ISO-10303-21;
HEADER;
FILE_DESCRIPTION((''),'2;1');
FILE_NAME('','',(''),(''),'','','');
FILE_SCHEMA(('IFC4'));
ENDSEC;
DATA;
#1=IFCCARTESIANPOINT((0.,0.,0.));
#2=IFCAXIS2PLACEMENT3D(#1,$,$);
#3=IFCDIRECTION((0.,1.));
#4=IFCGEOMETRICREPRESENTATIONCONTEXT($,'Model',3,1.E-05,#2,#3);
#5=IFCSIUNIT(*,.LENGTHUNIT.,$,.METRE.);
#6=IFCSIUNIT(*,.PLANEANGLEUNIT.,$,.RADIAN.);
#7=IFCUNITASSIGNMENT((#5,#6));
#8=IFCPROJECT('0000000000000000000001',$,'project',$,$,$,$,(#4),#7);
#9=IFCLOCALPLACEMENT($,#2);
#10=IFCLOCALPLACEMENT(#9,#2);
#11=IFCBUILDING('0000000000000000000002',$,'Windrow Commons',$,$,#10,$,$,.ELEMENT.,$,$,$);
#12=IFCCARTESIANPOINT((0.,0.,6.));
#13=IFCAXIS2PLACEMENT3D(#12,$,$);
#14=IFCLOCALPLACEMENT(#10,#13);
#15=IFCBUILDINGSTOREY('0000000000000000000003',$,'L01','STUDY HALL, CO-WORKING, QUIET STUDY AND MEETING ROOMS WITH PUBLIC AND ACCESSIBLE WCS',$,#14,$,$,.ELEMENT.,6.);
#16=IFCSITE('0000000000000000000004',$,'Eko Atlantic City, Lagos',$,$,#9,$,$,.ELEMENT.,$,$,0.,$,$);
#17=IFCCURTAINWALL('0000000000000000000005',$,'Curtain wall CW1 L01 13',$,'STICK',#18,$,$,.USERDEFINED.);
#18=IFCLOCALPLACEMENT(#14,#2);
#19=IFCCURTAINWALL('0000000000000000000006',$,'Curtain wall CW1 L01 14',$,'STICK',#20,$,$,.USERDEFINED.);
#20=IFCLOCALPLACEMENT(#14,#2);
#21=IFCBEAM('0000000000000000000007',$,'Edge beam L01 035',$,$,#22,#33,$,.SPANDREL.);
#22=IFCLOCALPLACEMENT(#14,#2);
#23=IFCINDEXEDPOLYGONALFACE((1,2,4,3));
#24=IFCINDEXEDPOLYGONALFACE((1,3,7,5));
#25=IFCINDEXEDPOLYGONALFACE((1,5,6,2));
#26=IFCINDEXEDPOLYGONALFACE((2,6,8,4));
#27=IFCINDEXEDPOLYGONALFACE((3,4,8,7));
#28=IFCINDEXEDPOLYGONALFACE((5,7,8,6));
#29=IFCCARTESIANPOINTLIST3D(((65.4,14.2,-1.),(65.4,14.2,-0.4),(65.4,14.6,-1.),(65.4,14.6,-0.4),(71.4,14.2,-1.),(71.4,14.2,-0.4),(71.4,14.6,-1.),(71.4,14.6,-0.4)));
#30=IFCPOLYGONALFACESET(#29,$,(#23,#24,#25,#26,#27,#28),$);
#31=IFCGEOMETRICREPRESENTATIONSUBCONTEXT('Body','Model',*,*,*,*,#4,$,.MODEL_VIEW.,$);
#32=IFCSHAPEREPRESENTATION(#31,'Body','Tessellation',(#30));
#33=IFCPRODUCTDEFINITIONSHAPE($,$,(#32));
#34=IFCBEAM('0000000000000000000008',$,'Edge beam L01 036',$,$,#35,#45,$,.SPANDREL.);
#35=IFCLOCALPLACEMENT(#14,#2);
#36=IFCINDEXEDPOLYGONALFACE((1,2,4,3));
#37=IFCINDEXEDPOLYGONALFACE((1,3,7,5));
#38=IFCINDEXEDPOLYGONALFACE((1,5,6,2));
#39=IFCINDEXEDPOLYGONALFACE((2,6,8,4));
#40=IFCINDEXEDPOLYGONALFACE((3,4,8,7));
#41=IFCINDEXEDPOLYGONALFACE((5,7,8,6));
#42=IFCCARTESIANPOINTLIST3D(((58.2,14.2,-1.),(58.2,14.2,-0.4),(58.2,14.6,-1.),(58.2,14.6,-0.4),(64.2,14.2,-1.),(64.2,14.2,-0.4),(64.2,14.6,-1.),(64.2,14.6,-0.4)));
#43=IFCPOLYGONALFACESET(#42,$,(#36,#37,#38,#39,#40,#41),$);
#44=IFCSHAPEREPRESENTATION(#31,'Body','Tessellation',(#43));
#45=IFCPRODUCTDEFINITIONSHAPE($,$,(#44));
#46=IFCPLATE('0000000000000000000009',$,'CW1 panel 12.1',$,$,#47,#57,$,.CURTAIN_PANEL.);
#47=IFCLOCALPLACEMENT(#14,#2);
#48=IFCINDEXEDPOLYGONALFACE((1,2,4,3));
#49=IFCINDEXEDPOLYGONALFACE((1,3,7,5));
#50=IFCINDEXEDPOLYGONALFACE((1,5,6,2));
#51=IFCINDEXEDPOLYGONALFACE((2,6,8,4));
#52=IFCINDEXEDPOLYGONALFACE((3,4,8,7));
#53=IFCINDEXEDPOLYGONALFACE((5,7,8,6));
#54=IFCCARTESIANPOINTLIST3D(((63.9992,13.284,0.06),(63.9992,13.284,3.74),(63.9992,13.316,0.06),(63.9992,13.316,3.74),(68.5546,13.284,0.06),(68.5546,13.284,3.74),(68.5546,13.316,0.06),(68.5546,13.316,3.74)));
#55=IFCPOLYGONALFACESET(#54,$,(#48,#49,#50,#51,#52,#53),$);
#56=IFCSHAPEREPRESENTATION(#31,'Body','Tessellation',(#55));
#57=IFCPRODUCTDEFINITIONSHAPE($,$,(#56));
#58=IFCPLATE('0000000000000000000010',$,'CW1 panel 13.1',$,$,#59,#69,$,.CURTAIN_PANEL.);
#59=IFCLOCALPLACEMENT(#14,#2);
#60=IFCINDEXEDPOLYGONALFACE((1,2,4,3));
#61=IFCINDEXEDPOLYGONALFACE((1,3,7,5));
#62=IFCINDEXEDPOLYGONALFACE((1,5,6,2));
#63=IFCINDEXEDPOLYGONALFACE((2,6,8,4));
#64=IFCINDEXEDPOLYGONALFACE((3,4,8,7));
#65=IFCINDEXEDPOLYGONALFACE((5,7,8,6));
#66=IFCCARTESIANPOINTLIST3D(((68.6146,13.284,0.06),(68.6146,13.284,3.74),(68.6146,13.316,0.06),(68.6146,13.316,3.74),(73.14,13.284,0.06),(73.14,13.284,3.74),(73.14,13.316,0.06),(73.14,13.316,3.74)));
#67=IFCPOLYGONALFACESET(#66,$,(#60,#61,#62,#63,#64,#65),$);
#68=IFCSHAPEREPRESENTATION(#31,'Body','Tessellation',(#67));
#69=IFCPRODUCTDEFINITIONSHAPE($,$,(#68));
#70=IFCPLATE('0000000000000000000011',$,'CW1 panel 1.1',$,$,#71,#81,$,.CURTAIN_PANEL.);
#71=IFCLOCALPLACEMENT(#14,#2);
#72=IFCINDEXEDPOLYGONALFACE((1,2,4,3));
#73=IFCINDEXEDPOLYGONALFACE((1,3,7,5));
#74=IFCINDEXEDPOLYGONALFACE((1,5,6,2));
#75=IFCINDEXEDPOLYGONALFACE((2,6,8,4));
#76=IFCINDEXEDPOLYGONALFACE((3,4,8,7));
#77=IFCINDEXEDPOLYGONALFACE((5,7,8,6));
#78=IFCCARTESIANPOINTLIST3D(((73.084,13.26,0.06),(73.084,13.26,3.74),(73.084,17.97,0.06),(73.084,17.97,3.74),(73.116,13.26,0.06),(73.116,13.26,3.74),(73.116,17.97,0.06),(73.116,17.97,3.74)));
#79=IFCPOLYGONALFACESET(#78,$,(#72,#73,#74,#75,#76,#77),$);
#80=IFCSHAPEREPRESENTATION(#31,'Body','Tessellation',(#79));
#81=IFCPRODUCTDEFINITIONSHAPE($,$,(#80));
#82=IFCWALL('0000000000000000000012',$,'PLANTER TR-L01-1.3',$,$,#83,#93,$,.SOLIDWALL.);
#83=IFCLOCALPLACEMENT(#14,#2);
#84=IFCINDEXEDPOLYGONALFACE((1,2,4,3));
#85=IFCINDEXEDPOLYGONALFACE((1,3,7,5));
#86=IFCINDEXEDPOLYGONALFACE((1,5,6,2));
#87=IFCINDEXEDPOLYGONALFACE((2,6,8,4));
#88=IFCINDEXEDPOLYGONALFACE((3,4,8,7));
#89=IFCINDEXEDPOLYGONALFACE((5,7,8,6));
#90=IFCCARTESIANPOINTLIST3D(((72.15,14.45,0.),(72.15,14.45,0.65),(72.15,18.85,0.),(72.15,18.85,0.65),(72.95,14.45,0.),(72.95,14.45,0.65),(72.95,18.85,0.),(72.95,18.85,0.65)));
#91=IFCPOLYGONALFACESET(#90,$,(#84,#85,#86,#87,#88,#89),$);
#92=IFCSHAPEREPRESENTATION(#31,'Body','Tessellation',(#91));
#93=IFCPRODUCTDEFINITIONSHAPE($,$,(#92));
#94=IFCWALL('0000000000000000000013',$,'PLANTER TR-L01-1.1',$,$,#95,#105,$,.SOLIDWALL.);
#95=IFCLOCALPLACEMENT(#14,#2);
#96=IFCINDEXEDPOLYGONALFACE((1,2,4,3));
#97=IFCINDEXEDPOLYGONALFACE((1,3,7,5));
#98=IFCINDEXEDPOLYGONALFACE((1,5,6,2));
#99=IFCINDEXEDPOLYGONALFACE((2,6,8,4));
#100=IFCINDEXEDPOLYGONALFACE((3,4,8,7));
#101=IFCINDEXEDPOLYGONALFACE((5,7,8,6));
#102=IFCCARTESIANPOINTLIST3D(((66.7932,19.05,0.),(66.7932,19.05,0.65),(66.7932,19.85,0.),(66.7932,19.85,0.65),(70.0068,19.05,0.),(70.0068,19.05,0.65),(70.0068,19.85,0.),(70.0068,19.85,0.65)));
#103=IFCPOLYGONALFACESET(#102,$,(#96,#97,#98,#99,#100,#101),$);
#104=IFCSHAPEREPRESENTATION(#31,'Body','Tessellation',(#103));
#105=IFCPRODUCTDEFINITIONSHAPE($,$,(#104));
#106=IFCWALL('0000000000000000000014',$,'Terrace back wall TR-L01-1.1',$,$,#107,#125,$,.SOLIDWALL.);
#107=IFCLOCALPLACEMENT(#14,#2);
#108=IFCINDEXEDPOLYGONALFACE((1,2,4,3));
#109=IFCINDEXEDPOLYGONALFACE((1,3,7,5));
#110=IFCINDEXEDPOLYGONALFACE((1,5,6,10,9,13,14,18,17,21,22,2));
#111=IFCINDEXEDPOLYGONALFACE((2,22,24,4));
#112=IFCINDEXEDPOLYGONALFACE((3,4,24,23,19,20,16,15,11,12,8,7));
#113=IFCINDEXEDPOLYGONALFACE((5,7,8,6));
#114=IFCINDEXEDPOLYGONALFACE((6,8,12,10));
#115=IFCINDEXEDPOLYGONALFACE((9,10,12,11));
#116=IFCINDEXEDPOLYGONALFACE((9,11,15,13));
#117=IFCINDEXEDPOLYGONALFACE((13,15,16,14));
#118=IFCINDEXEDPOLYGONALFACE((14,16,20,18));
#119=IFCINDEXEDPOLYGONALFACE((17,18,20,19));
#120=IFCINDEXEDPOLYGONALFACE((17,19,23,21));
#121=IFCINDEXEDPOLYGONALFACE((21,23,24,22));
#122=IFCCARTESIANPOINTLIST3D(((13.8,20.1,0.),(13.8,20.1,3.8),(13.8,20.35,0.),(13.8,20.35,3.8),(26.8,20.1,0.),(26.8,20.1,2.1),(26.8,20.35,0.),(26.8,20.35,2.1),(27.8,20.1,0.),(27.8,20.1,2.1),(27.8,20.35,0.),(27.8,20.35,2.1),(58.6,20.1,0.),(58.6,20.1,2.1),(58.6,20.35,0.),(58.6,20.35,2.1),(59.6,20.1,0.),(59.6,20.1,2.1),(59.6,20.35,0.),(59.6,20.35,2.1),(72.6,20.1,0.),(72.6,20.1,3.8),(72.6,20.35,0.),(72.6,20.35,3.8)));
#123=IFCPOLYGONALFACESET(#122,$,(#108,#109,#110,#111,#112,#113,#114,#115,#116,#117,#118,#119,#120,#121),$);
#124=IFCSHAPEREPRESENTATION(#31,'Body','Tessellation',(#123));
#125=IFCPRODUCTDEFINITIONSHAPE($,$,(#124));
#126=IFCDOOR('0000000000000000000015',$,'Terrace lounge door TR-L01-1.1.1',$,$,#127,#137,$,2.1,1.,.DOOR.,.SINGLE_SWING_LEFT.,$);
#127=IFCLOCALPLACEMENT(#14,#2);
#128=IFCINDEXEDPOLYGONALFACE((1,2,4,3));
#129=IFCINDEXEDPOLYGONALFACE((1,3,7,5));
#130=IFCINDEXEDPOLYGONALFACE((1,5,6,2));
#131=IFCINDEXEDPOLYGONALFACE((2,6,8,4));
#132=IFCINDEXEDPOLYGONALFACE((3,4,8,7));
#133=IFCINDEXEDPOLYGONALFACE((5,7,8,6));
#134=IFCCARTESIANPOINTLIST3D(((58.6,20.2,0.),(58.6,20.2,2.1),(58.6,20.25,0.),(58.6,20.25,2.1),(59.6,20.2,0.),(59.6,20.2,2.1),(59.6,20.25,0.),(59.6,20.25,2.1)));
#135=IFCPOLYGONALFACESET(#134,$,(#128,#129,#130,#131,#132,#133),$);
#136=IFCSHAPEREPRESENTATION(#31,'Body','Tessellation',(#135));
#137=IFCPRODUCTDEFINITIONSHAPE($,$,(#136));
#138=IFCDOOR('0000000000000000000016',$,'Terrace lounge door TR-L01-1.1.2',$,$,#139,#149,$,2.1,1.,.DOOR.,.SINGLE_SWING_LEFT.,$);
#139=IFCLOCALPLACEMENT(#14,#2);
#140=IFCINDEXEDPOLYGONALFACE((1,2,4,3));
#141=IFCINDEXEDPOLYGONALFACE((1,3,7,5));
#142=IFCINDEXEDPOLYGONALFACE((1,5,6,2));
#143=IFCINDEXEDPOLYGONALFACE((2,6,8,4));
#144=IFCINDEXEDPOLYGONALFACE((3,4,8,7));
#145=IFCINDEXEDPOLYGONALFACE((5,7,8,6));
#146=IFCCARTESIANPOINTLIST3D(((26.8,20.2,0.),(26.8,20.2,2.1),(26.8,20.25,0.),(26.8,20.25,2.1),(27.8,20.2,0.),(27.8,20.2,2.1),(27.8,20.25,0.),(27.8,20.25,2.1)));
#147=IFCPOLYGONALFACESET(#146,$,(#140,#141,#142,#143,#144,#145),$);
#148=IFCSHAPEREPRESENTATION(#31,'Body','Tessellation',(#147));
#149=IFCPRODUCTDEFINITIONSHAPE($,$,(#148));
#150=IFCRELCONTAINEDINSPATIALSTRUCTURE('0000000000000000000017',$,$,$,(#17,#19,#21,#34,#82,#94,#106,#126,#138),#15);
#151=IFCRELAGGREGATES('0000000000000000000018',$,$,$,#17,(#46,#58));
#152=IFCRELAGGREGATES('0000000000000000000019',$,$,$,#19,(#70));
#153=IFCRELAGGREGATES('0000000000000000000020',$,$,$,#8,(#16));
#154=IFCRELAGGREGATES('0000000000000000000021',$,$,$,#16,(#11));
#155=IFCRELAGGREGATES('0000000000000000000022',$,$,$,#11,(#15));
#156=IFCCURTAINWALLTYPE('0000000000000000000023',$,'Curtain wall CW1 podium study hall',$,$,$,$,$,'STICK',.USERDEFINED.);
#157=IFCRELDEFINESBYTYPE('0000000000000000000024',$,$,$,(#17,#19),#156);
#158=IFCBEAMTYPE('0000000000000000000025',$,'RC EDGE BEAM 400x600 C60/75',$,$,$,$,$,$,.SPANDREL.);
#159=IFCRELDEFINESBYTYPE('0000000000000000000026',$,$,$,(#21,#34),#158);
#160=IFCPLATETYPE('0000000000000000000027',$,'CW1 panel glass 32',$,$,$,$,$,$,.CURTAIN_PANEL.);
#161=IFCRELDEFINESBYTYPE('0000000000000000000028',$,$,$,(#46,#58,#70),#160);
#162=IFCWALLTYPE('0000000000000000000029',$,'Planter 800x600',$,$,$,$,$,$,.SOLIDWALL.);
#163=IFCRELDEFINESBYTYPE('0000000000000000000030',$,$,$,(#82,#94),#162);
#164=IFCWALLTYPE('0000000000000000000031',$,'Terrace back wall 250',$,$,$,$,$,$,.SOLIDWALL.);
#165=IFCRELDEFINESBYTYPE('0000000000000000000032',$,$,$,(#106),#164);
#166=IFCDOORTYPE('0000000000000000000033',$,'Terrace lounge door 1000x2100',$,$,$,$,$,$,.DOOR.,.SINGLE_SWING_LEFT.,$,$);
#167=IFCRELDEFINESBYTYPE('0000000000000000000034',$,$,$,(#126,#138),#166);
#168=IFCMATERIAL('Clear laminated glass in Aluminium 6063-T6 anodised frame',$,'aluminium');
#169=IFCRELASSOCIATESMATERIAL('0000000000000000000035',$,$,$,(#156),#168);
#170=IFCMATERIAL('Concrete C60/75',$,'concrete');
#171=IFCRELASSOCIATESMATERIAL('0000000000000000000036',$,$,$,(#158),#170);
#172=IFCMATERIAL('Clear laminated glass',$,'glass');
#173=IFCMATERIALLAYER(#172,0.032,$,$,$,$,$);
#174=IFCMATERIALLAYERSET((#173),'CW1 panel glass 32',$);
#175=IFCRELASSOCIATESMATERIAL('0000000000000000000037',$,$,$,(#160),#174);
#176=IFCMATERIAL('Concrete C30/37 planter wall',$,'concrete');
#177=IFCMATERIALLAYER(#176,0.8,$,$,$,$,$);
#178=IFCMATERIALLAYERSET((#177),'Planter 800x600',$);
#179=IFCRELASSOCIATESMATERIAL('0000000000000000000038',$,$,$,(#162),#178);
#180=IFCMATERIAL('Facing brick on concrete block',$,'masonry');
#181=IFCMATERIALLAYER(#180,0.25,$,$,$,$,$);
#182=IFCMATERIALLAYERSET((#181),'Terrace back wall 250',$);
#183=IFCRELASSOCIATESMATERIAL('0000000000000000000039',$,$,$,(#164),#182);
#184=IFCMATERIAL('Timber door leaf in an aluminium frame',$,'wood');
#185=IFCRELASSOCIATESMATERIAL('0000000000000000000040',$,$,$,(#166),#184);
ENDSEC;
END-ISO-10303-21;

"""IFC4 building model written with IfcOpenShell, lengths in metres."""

from ifc_helpers import new_model, si_unit, direction, frame, frame_2d, origin, origin_2d, place, context, subcontext, project, spatial, polyline, rectangle, outline, extrude, material, layer, layer_set, material_profile, profile_set, type_object, element, fill, aggregate, save


model = new_model("IFC4")

# Units and contexts
model_context = context("Model", 3, precision=1e-05, world=origin(), true_north=direction((0.0, 1.0)))
body_context = subcontext(model_context, "Body", "Model", "MODEL_VIEW")
ifc_project = project(units=[si_unit("LENGTHUNIT", "METRE"), si_unit("PLANEANGLEUNIT", "RADIAN")], contexts=[model_context])

# Site, building, storey
site_placement = place(None, origin())
site = spatial("IfcSite", under=ifc_project, at=site_placement, Name="Eko Atlantic City, Lagos", CompositionType="ELEMENT", RefElevation=0.0)
building_placement = place(site_placement, origin())
building = spatial("IfcBuilding", under=site, at=building_placement, Name="Windrow Commons", CompositionType="ELEMENT")
storey_placement = place(building_placement, frame((0.0, 0.0, 6.0)))
storey = spatial("IfcBuildingStorey", under=building, at=storey_placement, Name="L01", Description="STUDY HALL, CO-WORKING, QUIET STUDY AND MEETING ROOMS WITH PUBLIC AND ACCESSIBLE WCS", CompositionType="ELEMENT", Elevation=6.0)

# Curtain wall
ifc_material_1 = material(Name="Clear laminated glass in Aluminium 6063-T6 anodised frame", Category="aluminium")
curtain_wall_type = type_object("IfcCurtainWallType", Name="Curtain wall CW1 podium study hall", ElementType="STICK", PredefinedType="USERDEFINED", material=ifc_material_1)
placement = place(storey_placement, origin())
curtain_wall_1 = element("IfcCurtainWall", 1, at=placement, inside=storey, type_object=curtain_wall_type, Name="Curtain wall CW1 L01 13", ObjectType="STICK", PredefinedType="USERDEFINED")

# Curtain wall
curtain_wall_2 = element("IfcCurtainWall", 2, at=placement, inside=storey, type_object=curtain_wall_type, Name="Curtain wall CW1 L01 14", ObjectType="STICK", PredefinedType="USERDEFINED")

# Beams
ifc_material_2 = material(Name="Concrete C60/75", Category="concrete")
ifc_material_profile_1 = material_profile(ifc_material_2, rectangle(XDim=0.4, YDim=0.6, at=origin_2d()))
ifc_profile_set_1 = profile_set([ifc_material_profile_1], Name="Concrete C60/75")
beam_type = type_object("IfcBeamType", Name="RC EDGE BEAM 400x600 C60/75", PredefinedType="SPANDREL", material=ifc_profile_set_1)
for number, where, z_axis, x_axis, name in (
    (3, (71.4, 14.4, -0.7), (-1.0, 0.0, 0.0), (0.0, -1.0, 0.0), "Edge beam L01 035"),
    (4, (64.2, 14.4, -0.7), (-1.0, 0.0, 0.0), (0.0, -1.0, 0.0), "Edge beam L01 036"),
):
    element("IfcBeam", number, at=place(storey_placement, frame(where, z_axis=z_axis, x_axis=x_axis)), inside=storey, type_object=beam_type, Name=name, PredefinedType="SPANDREL", context=body_context, shape_type="SweptSolid", body=[
        extrude(rectangle(XDim=0.4, YDim=0.6, at=origin_2d()), origin(), (0.0, 0.0, 1.0), 6.0),
    ])

# Plates
ifc_material_3 = material(Name="Clear laminated glass", Category="glass")
ifc_layer_1 = layer(ifc_material_3, 0.032)
ifc_layer_set_1 = layer_set([ifc_layer_1], Name="CW1 panel glass 32")
plate_type = type_object("IfcPlateType", Name="CW1 panel glass 32", PredefinedType="CURTAIN_PANEL", material=ifc_layer_set_1)
plate_1_placement = place(storey_placement, frame((66.2769, 13.3, 0.06), z_axis=(0.0, 0.0, 1.0), x_axis=(1.0, 0.0, 0.0)))
plate_1 = element("IfcPlate", 5, at=plate_1_placement, type_object=plate_type, Name="CW1 panel 12.1", PredefinedType="CURTAIN_PANEL", context=body_context, shape_type="SweptSolid", body=[
    extrude(rectangle(XDim=4.5554, YDim=0.032, at=origin_2d()), origin(), (0.0, 0.0, 1.0), 3.68),
])
plate_2_placement = place(storey_placement, frame((70.8773, 13.3, 0.06), z_axis=(0.0, 0.0, 1.0), x_axis=(1.0, 0.0, 0.0)))
plate_2 = element("IfcPlate", 6, at=plate_2_placement, type_object=plate_type, Name="CW1 panel 13.1", PredefinedType="CURTAIN_PANEL", context=body_context, shape_type="SweptSolid", body=[
    extrude(rectangle(XDim=4.5254, YDim=0.032, at=origin_2d()), origin(), (0.0, 0.0, 1.0), 3.68),
])
aggregate(curtain_wall_1, [plate_1, plate_2])
plate_3_placement = place(storey_placement, frame((73.1, 15.615, 0.06), z_axis=(0.0, 0.0, 1.0), x_axis=(0.0, 1.0, 0.0)))
plate_3 = element("IfcPlate", 7, at=plate_3_placement, type_object=plate_type, Name="CW1 panel 1.1", PredefinedType="CURTAIN_PANEL", context=body_context, shape_type="SweptSolid", body=[
    extrude(rectangle(XDim=4.71, YDim=0.032, at=origin_2d()), origin(), (0.0, 0.0, 1.0), 3.68),
])
aggregate(curtain_wall_2, [plate_3])

# Walls
ifc_material_4 = material(Name="Concrete C30/37 planter wall", Category="concrete")
ifc_layer_2 = layer(ifc_material_4, 0.8)
ifc_layer_set_2 = layer_set([ifc_layer_2], Name="Planter 800x600")
wall_type_1 = type_object("IfcWallType", Name="Planter 800x600", PredefinedType="SOLIDWALL", material=ifc_layer_set_2)
wall_1_placement = place(storey_placement, frame((72.55, 14.45, 0.0), z_axis=(0.0, 0.0, 1.0), x_axis=(0.0, 1.0, 0.0)))
element("IfcWall", 8, at=wall_1_placement, inside=storey, type_object=wall_type_1, Name="PLANTER TR-L01-1.3", PredefinedType="SOLIDWALL", context=body_context, shape_type="SweptSolid", body=[
    extrude(rectangle(XDim=4.4, YDim=0.8, at=frame_2d((2.2, 0.0))), origin(), (0.0, 0.0, 1.0), 0.65),
])
wall_2_placement = place(storey_placement, frame((70.0068, 19.45, 0.0), z_axis=(0.0, 0.0, 1.0), x_axis=(-1.0, 0.0, 0.0)))
element("IfcWall", 9, at=wall_2_placement, inside=storey, type_object=wall_type_1, Name="PLANTER TR-L01-1.1", PredefinedType="SOLIDWALL", context=body_context, shape_type="SweptSolid", body=[
    extrude(outline(polyline([(0.0, -0.4), (3.2136, -0.4), (3.2136, 0.4), (0.0, 0.4), (0.0, -0.4)])), origin(), (0.0, 0.0, 1.0), 0.65),
])

# Wall, openings, doors
ifc_material_5 = material(Name="Facing brick on concrete block", Category="masonry")
ifc_layer_3 = layer(ifc_material_5, 0.25)
ifc_layer_set_3 = layer_set([ifc_layer_3], Name="Terrace back wall 250")
wall_type_2 = type_object("IfcWallType", Name="Terrace back wall 250", PredefinedType="SOLIDWALL", material=ifc_layer_set_3)
wall_3_placement = place(storey_placement, frame((72.6, 20.225, 0.0), z_axis=(0.0, 0.0, 1.0), x_axis=(-1.0, 0.0, 0.0)))
wall_3 = element("IfcWall", 10, at=wall_3_placement, inside=storey, type_object=wall_type_2, Name="Terrace back wall TR-L01-1.1", PredefinedType="SOLIDWALL", context=body_context, shape_type="SweptSolid", body=[
    extrude(rectangle(XDim=58.8, YDim=0.25, at=frame_2d((29.4, 0.0))), origin(), (0.0, 0.0, 1.0), 3.8),
])
opening_1_placement = place(wall_3_placement, frame((13.0, 0.0, 0.0)))
opening_1 = element("IfcOpeningElement", 11, at=opening_1_placement, cuts=wall_3, PredefinedType="OPENING", context=body_context, shape_type="SweptSolid", body=[
    extrude(rectangle(XDim=1.0, YDim=2.1, at=frame_2d((0.5, 1.05))), frame((0.0, 0.135, 0.0), z_axis=(0.0, -1.0, 0.0), x_axis=(1.0, 0.0, 0.0)), (0.0, 0.0, 1.0), 0.27),
])
opening_2_placement = place(wall_3_placement, frame((44.8, 0.0, 0.0)))
opening_2 = element("IfcOpeningElement", 12, at=opening_2_placement, cuts=wall_3, PredefinedType="OPENING", context=body_context, shape_type="SweptSolid", body=[
    extrude(rectangle(XDim=1.0, YDim=2.1, at=frame_2d((0.5, 1.05))), frame((0.0, 0.135, 0.0), z_axis=(0.0, -1.0, 0.0), x_axis=(1.0, 0.0, 0.0)), (0.0, 0.0, 1.0), 0.27),
])
ifc_material_6 = material(Name="Timber door leaf in an aluminium frame", Category="wood")
door_type = type_object("IfcDoorType", Name="Terrace lounge door 1000x2100", OperationType="SINGLE_SWING_LEFT", PredefinedType="DOOR", material=ifc_material_6)
door_1_placement = place(opening_1_placement, origin())
door_1 = element("IfcDoor", 13, at=door_1_placement, inside=storey, type_object=door_type, Name="Terrace lounge door TR-L01-1.1.1", OperationType="SINGLE_SWING_LEFT", OverallHeight=2.1, OverallWidth=1.0, PredefinedType="DOOR", context=body_context, shape_type="SweptSolid", body=[
    extrude(rectangle(XDim=1.0, YDim=2.1, at=frame_2d((0.5, 1.05))), frame((0.0, 0.025, 0.0), z_axis=(0.0, -1.0, 0.0), x_axis=(1.0, 0.0, 0.0)), (0.0, 0.0, 1.0), 0.05),
])
fill(opening_1, door_1)
door_2_placement = place(opening_2_placement, origin())
door_2 = element("IfcDoor", 14, at=door_2_placement, inside=storey, type_object=door_type, Name="Terrace lounge door TR-L01-1.1.2", OperationType="SINGLE_SWING_LEFT", OverallHeight=2.1, OverallWidth=1.0, PredefinedType="DOOR", context=body_context, shape_type="SweptSolid", body=[
    extrude(rectangle(XDim=1.0, YDim=2.1, at=frame_2d((0.5, 1.05))), frame((0.0, 0.025, 0.0), z_axis=(0.0, -1.0, 0.0), x_axis=(1.0, 0.0, 0.0)), (0.0, 0.0, 1.0), 0.05),
])
fill(opening_2, door_2)

save(model, "model.ifc")
